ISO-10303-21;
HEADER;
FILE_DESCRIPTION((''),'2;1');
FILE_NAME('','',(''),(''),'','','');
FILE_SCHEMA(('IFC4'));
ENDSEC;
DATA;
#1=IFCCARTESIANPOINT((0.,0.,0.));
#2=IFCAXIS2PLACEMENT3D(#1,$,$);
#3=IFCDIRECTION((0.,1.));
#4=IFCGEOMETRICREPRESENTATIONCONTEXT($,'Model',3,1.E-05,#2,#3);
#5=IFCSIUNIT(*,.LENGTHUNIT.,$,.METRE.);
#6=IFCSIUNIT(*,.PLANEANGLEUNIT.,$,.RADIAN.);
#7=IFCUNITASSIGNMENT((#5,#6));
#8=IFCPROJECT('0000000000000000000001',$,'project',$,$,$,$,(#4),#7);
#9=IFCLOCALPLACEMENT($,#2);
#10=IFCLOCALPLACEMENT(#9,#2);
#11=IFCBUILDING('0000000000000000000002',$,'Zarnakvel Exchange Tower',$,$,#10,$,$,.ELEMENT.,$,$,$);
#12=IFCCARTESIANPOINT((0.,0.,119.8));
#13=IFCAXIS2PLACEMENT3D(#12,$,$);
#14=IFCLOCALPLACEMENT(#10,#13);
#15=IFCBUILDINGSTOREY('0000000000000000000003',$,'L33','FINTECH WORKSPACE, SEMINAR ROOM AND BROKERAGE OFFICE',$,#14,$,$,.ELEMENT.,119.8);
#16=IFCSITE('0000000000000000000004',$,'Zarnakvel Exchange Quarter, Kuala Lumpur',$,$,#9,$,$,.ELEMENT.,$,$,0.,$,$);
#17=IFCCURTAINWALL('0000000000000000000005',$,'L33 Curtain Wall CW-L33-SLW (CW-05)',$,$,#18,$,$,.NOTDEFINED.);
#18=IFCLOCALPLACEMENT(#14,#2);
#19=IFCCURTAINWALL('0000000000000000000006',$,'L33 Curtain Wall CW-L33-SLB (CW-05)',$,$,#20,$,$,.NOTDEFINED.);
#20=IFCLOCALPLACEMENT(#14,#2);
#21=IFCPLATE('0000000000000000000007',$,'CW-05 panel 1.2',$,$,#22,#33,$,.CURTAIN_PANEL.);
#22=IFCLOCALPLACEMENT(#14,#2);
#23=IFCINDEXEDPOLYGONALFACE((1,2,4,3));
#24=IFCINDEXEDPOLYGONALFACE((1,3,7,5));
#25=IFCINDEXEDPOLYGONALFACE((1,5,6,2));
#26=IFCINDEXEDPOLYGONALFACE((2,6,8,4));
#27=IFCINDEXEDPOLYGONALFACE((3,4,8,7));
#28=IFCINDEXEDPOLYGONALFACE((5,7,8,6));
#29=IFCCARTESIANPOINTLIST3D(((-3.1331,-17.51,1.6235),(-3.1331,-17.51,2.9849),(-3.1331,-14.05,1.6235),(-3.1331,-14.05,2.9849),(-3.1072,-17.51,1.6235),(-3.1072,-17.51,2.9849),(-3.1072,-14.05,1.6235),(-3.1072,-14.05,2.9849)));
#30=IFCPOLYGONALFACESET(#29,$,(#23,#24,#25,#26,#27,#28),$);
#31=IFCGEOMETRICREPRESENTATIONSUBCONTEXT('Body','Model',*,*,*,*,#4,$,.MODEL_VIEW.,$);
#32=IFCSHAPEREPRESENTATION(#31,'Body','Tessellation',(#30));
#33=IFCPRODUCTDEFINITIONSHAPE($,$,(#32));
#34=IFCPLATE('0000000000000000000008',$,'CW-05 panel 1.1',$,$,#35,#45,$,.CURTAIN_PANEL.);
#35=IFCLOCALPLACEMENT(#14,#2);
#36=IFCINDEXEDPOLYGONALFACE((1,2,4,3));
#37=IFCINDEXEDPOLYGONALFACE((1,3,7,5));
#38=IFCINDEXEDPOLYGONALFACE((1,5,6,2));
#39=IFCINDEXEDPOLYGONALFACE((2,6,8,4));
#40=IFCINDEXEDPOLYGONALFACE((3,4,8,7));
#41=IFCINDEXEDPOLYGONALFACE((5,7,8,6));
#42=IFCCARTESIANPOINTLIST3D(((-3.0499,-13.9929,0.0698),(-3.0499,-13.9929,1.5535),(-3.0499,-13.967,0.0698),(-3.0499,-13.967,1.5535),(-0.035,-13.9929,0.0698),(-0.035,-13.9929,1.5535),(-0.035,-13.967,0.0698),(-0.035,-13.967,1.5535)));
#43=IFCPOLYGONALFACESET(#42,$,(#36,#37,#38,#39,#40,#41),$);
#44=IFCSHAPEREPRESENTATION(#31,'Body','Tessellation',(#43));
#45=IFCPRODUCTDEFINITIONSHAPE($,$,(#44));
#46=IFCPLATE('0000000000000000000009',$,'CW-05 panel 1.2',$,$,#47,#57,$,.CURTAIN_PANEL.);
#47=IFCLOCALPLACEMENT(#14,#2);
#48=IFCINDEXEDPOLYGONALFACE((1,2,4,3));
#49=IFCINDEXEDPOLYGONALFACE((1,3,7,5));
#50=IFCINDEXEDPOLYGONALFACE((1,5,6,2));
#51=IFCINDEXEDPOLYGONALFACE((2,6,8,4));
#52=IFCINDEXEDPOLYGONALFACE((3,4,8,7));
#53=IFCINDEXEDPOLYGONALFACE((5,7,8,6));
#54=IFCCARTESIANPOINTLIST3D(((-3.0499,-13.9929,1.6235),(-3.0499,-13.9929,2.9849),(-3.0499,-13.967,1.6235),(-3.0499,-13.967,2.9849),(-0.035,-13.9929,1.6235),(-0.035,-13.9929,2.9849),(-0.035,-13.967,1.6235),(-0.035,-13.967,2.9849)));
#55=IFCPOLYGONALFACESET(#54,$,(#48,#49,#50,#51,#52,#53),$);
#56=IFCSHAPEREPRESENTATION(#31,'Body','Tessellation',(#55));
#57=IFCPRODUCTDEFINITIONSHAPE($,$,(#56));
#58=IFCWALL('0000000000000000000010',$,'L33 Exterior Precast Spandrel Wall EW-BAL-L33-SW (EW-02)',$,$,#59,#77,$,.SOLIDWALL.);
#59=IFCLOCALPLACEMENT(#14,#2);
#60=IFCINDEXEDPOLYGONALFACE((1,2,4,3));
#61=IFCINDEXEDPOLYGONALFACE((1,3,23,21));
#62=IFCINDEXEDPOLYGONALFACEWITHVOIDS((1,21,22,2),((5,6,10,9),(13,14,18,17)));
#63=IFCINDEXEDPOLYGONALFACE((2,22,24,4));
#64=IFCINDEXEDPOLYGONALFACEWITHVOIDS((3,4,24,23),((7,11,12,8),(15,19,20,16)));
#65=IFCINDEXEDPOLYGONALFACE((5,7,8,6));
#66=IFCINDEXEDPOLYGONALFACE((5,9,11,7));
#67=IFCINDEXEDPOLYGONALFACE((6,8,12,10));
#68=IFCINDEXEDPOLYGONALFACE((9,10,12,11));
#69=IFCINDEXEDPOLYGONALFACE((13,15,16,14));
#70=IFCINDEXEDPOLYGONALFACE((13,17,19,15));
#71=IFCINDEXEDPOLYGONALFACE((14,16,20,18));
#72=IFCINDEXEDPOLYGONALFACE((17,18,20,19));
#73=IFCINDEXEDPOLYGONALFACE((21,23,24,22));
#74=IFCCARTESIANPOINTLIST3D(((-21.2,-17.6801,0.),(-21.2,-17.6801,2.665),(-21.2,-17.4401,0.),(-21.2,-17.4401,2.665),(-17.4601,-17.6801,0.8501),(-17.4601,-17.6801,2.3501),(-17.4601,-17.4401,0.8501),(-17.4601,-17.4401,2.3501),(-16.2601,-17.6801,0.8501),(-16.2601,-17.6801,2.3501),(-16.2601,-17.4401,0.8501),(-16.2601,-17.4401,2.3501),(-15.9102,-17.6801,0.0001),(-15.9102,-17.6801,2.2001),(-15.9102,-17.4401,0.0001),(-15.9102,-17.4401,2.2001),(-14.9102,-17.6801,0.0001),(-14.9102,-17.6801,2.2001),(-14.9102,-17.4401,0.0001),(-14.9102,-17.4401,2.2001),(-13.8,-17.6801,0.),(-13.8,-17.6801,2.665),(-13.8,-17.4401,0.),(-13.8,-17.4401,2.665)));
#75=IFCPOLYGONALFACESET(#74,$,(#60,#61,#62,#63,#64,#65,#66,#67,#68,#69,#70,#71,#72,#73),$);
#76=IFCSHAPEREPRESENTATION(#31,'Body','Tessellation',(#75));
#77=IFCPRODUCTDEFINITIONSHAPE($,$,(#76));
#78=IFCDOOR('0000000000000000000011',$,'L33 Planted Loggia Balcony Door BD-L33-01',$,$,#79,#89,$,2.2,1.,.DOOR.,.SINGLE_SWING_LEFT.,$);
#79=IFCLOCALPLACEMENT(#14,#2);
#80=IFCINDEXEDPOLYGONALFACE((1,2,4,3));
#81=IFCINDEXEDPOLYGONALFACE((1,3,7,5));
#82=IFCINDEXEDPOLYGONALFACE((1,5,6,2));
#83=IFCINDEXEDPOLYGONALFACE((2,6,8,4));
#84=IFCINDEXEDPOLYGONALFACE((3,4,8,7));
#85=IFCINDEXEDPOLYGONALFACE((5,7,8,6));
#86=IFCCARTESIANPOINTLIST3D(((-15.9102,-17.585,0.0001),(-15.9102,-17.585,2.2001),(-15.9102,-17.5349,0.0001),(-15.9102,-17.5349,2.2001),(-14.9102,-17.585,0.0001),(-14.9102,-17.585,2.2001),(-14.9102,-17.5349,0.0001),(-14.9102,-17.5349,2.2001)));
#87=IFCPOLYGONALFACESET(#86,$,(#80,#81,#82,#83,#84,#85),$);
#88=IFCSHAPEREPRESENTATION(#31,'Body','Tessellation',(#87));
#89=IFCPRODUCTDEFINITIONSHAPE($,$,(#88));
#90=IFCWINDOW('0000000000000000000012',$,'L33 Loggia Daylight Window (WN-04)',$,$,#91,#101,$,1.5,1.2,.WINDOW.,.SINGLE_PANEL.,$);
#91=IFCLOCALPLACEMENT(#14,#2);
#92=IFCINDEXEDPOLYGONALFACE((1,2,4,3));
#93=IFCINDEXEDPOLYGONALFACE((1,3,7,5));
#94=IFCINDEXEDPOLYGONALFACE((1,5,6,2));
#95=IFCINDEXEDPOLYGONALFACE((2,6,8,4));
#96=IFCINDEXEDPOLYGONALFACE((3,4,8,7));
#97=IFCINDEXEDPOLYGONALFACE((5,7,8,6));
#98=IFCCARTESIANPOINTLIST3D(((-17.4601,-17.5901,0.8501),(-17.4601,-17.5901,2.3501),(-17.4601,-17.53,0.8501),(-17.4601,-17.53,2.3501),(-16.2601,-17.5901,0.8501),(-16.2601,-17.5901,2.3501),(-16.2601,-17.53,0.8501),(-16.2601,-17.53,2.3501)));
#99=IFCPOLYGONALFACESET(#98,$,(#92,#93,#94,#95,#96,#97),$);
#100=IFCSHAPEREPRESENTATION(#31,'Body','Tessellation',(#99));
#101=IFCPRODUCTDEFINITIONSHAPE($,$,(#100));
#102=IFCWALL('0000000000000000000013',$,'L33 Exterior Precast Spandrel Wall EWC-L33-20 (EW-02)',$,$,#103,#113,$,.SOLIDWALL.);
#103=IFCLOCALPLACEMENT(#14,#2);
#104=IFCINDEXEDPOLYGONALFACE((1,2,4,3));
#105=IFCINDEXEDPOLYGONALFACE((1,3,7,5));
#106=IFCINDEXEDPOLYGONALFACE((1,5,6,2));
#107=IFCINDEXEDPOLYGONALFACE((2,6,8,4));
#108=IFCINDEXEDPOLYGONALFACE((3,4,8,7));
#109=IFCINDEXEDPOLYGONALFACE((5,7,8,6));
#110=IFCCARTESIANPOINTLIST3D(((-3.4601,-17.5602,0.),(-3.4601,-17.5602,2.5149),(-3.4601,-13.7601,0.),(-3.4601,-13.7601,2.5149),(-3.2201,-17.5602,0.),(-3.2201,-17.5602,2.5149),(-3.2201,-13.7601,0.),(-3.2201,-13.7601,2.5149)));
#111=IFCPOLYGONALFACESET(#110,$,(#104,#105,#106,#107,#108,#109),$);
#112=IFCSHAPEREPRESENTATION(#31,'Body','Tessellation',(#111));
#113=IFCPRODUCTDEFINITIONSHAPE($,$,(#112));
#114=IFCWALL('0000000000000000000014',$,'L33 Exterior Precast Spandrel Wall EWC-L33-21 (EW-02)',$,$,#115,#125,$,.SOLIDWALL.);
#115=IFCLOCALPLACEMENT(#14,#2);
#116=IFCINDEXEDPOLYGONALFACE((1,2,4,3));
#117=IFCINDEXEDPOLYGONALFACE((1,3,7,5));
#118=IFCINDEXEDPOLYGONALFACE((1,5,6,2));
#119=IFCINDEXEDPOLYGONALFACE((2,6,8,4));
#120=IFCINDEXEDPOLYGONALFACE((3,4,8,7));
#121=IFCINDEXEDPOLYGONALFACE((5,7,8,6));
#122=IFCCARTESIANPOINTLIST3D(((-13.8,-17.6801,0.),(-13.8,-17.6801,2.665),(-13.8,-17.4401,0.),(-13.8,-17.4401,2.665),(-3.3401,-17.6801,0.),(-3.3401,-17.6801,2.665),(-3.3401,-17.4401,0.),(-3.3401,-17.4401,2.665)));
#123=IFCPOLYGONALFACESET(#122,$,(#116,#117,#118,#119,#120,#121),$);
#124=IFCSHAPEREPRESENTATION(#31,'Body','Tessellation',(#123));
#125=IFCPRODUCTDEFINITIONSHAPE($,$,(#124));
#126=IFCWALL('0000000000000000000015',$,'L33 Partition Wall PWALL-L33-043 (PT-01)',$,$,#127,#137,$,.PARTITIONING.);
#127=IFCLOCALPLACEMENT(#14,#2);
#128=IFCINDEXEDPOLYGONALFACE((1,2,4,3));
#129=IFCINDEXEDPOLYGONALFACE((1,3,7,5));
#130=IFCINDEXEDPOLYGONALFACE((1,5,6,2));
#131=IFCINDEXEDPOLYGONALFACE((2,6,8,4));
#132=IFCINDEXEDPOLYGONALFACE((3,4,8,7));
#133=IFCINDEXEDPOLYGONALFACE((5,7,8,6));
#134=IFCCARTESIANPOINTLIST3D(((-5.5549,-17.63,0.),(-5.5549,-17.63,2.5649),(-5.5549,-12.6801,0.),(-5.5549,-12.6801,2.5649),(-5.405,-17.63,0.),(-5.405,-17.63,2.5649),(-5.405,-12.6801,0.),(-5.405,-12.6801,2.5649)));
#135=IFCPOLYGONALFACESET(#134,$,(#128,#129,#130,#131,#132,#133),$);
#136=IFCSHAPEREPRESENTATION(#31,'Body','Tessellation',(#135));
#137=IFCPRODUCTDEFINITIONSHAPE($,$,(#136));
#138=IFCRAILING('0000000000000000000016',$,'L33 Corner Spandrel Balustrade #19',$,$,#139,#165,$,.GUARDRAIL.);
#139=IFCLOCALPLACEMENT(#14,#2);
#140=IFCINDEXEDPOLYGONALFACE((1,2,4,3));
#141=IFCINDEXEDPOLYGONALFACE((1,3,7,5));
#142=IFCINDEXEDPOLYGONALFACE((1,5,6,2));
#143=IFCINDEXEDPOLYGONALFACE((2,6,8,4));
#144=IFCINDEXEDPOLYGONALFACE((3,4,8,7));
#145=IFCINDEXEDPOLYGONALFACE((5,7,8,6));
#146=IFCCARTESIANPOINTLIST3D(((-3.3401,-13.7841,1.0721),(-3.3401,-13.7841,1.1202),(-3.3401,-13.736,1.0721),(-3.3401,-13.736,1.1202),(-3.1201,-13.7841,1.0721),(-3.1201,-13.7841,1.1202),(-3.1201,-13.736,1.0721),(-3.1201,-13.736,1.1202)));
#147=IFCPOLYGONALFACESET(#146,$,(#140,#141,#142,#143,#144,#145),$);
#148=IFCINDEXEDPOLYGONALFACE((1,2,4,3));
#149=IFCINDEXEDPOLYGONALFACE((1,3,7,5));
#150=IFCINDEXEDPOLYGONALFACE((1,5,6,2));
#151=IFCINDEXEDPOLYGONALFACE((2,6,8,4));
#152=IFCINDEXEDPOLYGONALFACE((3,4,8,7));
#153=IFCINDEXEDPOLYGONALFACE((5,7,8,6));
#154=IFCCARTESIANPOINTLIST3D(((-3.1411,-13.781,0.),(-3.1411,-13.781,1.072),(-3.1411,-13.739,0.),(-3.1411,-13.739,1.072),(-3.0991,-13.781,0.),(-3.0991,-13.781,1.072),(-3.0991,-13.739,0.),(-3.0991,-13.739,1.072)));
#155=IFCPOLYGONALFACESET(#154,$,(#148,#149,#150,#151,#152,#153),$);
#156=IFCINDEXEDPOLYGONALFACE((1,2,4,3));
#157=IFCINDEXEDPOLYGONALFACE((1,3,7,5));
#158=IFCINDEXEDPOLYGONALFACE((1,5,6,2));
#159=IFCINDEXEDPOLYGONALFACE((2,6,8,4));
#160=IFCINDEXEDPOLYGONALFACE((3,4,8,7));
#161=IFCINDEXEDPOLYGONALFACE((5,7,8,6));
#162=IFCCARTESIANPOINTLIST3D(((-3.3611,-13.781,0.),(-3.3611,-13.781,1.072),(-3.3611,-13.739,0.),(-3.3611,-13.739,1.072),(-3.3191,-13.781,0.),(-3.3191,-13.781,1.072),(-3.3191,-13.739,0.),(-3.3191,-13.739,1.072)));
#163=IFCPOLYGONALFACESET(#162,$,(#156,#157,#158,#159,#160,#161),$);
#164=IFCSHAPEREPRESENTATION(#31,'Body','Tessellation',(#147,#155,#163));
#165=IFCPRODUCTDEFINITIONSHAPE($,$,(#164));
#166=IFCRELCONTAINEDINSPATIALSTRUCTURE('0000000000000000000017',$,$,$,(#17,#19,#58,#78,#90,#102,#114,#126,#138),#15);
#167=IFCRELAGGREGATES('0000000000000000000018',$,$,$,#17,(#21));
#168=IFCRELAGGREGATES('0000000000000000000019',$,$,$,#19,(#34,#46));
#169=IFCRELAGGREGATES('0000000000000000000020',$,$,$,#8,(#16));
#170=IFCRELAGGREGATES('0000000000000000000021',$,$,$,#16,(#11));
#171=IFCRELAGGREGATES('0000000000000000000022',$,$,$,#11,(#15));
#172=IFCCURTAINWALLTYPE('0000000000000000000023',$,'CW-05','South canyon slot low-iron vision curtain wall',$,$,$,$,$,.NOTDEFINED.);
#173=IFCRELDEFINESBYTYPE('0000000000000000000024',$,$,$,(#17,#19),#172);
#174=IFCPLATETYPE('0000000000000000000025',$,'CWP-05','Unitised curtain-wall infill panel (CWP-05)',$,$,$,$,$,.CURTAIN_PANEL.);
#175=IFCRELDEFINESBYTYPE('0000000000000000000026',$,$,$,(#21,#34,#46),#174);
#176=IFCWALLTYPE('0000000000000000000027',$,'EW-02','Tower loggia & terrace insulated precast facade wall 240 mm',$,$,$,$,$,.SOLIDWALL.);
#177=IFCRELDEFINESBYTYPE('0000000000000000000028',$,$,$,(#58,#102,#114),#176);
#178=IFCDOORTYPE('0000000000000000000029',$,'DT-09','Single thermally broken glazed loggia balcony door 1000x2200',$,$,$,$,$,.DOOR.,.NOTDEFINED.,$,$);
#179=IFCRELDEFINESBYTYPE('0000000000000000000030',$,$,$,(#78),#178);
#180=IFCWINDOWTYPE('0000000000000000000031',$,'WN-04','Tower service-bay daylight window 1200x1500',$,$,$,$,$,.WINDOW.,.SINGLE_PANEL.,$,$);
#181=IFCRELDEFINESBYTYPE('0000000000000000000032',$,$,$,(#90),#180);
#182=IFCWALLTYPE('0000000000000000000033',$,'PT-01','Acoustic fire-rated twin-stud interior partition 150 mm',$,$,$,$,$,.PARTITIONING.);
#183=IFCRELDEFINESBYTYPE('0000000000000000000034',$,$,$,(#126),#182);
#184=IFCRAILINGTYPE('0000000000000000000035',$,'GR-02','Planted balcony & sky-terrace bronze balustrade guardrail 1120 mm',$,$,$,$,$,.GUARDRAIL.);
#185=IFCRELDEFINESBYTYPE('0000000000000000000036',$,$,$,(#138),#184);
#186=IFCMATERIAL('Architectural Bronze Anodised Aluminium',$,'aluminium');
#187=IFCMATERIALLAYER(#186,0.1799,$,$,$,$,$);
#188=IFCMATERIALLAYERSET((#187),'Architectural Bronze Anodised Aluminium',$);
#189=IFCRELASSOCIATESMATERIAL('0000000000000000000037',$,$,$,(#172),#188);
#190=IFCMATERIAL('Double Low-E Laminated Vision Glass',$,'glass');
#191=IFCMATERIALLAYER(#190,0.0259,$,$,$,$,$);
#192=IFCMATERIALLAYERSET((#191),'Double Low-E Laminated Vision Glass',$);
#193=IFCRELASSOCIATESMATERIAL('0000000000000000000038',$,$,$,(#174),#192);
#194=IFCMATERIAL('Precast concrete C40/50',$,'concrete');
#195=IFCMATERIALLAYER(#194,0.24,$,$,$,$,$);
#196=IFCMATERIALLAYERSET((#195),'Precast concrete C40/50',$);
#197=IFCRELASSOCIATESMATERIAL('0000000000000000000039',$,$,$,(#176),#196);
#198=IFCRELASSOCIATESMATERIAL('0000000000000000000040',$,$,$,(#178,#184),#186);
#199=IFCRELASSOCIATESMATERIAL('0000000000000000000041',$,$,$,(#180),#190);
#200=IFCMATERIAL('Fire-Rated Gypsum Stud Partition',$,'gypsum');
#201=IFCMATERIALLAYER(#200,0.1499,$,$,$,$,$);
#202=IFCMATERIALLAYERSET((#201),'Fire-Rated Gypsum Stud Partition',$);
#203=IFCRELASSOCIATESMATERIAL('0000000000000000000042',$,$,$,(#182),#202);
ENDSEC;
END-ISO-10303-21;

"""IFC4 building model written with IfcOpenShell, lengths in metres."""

from ifc_helpers import new_model, si_unit, direction, frame, frame_2d, origin, origin_2d, place, context, subcontext, project, spatial, rectangle, extrude, source, transform, mapped, material, layer, layer_set, type_object, element, fill, aggregate, save


model = new_model("IFC4")

# Units and contexts
model_context = context("Model", 3, precision=1e-05, world=origin(), true_north=direction((0.0, 1.0)))
body_context = subcontext(model_context, "Body", "Model", "MODEL_VIEW")
ifc_project = project(units=[si_unit("LENGTHUNIT", "METRE"), si_unit("PLANEANGLEUNIT", "RADIAN")], contexts=[model_context])

# Site, building, storey
site_placement = place(None, origin())
site = spatial("IfcSite", under=ifc_project, at=site_placement, Name="Zarnakvel Exchange Quarter, Kuala Lumpur", CompositionType="ELEMENT", RefElevation=0.0)
building_placement = place(site_placement, origin())
building = spatial("IfcBuilding", under=site, at=building_placement, Name="Zarnakvel Exchange Tower", CompositionType="ELEMENT")
storey_placement = place(building_placement, frame((0.0, 0.0, 119.8)))
storey = spatial("IfcBuildingStorey", under=building, at=storey_placement, Name="L33", Description="FINTECH WORKSPACE, SEMINAR ROOM AND BROKERAGE OFFICE", CompositionType="ELEMENT", Elevation=119.8)

# Curtain walls
ifc_material_1 = material(Name="Architectural Bronze Anodised Aluminium", Category="aluminium")
ifc_layer_1 = layer(ifc_material_1, 0.1799)
ifc_layer_set_1 = layer_set([ifc_layer_1], Name="Architectural Bronze Anodised Aluminium")
curtain_wall_type = type_object("IfcCurtainWallType", Name="CW-05", Description="South canyon slot low-iron vision curtain wall", PredefinedType="NOTDEFINED", material=ifc_layer_set_1)
curtain_wall_1_placement = place(storey_placement, origin())
curtain_wall_1 = element("IfcCurtainWall", 1, at=curtain_wall_1_placement, inside=storey, type_object=curtain_wall_type, Name="L33 Curtain Wall CW-L33-SLW (CW-05)", PredefinedType="NOTDEFINED")
curtain_wall_2_placement = place(storey_placement, origin())
curtain_wall_2 = element("IfcCurtainWall", 2, at=curtain_wall_2_placement, inside=storey, type_object=curtain_wall_type, Name="L33 Curtain Wall CW-L33-SLB (CW-05)", PredefinedType="NOTDEFINED")

# Plates
ifc_material_2 = material(Name="Double Low-E Laminated Vision Glass", Category="glass")
ifc_layer_2 = layer(ifc_material_2, 0.0259)
ifc_layer_set_2 = layer_set([ifc_layer_2], Name="Double Low-E Laminated Vision Glass")
plate_type = type_object("IfcPlateType", Name="CWP-05", Description="Unitised curtain-wall infill panel (CWP-05)", PredefinedType="CURTAIN_PANEL", material=ifc_layer_set_2)
shared_shape_1 = source(origin(), body_context, "Body", "SweptSolid", [
    extrude(rectangle(XDim=3.46, YDim=0.0259, at=origin_2d()), origin(), (0.0, 0.0, 1.0), 1.3613),
])
plate_1_placement = place(storey_placement, frame((-3.1201, -15.78, 1.6235), z_axis=(0.0, 0.0, 1.0), x_axis=(0.0, 1.0, 0.0)))
plate_1 = element("IfcPlate", 3, at=plate_1_placement, type_object=plate_type, Name="CW-05 panel 1.2", PredefinedType="CURTAIN_PANEL", context=body_context, shape_type="MappedRepresentation", body=[
    mapped(shared_shape_1, transform((0.0, 0.0, 0.0), x_axis=(1.0, 0.0, 0.0), y_axis=(0.0, 1.0, 0.0), z_axis=(0.0, 0.0, 1.0), scale=1.0)),
])
aggregate(curtain_wall_1, [plate_1])
shared_shape_2 = source(origin(), body_context, "Body", "SweptSolid", [
    extrude(rectangle(XDim=3.0149, YDim=0.0259, at=origin_2d()), origin(), (0.0, 0.0, 1.0), 1.4836),
])
plate_2_placement = place(storey_placement, frame((-1.5425, -13.98, 0.0698), z_axis=(0.0, 0.0, 1.0), x_axis=(1.0, 0.0, 0.0)))
plate_2 = element("IfcPlate", 4, at=plate_2_placement, type_object=plate_type, Name="CW-05 panel 1.1", PredefinedType="CURTAIN_PANEL", context=body_context, shape_type="MappedRepresentation", body=[
    mapped(shared_shape_2, transform((0.0, 0.0, 0.0), x_axis=(1.0, 0.0, 0.0), y_axis=(0.0, 1.0, 0.0), z_axis=(0.0, 0.0, 1.0), scale=1.0)),
])
shared_shape_3 = source(origin(), body_context, "Body", "SweptSolid", [
    extrude(rectangle(XDim=3.0149, YDim=0.0259, at=origin_2d()), origin(), (0.0, 0.0, 1.0), 1.3613),
])
plate_3_placement = place(storey_placement, frame((-1.5425, -13.98, 1.6235), z_axis=(0.0, 0.0, 1.0), x_axis=(1.0, 0.0, 0.0)))
plate_3 = element("IfcPlate", 5, at=plate_3_placement, type_object=plate_type, Name="CW-05 panel 1.2", PredefinedType="CURTAIN_PANEL", context=body_context, shape_type="MappedRepresentation", body=[
    mapped(shared_shape_3, transform((0.0, 0.0, 0.0), x_axis=(1.0, 0.0, 0.0), y_axis=(0.0, 1.0, 0.0), z_axis=(0.0, 0.0, 1.0), scale=1.0)),
])
aggregate(curtain_wall_2, [plate_2, plate_3])

# Wall, openings, door, window
ifc_material_3 = material(Name="Precast concrete C40/50", Category="concrete")
ifc_layer_3 = layer(ifc_material_3, 0.24)
ifc_layer_set_3 = layer_set([ifc_layer_3], Name="Precast concrete C40/50")
wall_type_1 = type_object("IfcWallType", Name="EW-02", Description="Tower loggia & terrace insulated precast facade wall 240 mm", PredefinedType="SOLIDWALL", material=ifc_layer_set_3)
wall_1_placement = place(storey_placement, frame((-13.8, -17.5601, 0.0), z_axis=(0.0, 0.0, 1.0), x_axis=(-1.0, 0.0, 0.0)))
wall_1 = element("IfcWall", 6, at=wall_1_placement, inside=storey, type_object=wall_type_1, Name="L33 Exterior Precast Spandrel Wall EW-BAL-L33-SW (EW-02)", PredefinedType="SOLIDWALL", context=body_context, shape_type="SweptSolid", body=[
    extrude(rectangle(XDim=7.3999, YDim=0.24, at=frame_2d((3.7, 0.0))), origin(), (0.0, 0.0, 1.0), 2.665),
])
opening_1_placement = place(wall_1_placement, frame((1.1101, 0.0, 0.0)))
opening_1 = element("IfcOpeningElement", 7, at=opening_1_placement, cuts=wall_1, PredefinedType="OPENING", context=body_context, shape_type="SweptSolid", body=[
    extrude(rectangle(XDim=1.0, YDim=2.2, at=frame_2d((0.5, 1.1001))), frame((0.0, 0.1299, 0.0), z_axis=(0.0, -1.0, 0.0), x_axis=(1.0, 0.0, 0.0)), (0.0, 0.0, 1.0), 0.26),
])
opening_2_placement = place(wall_1_placement, frame((2.46, 0.0, 0.8501)))
opening_2 = element("IfcOpeningElement", 8, at=opening_2_placement, cuts=wall_1, PredefinedType="OPENING", context=body_context, shape_type="SweptSolid", body=[
    extrude(rectangle(XDim=1.2, YDim=1.5, at=frame_2d((0.6001, 0.75))), frame((0.0, 0.1299, 0.0), z_axis=(0.0, -1.0, 0.0), x_axis=(1.0, 0.0, 0.0)), (0.0, 0.0, 1.0), 0.26),
])
door_type = type_object("IfcDoorType", Name="DT-09", Description="Single thermally broken glazed loggia balcony door 1000x2200", OperationType="NOTDEFINED", PredefinedType="DOOR", material=ifc_material_1)
shared_shape_4 = source(origin(), body_context, "Body", "SweptSolid", [
    extrude(rectangle(XDim=1.0, YDim=2.2, at=frame_2d((0.5, 1.1001))), frame((0.0, 0.0249, 0.0), z_axis=(0.0, -1.0, 0.0), x_axis=(1.0, 0.0, 0.0)), (0.0, 0.0, 1.0), 0.05),
])
door_placement = place(opening_1_placement, origin())
door = element("IfcDoor", 9, at=door_placement, inside=storey, type_object=door_type, Name="L33 Planted Loggia Balcony Door BD-L33-01", OperationType="SINGLE_SWING_LEFT", OverallHeight=2.2, OverallWidth=1.0, PredefinedType="DOOR", context=body_context, shape_type="MappedRepresentation", body=[
    mapped(shared_shape_4, transform((0.0, 0.0, 0.0), x_axis=(1.0, 0.0, 0.0), y_axis=(0.0, 1.0, 0.0), z_axis=(0.0, 0.0, 1.0), scale=1.0)),
])
fill(opening_1, door)
window_type = type_object("IfcWindowType", Name="WN-04", Description="Tower service-bay daylight window 1200x1500", PartitioningType="SINGLE_PANEL", PredefinedType="WINDOW", material=ifc_material_2)
shared_shape_5 = source(origin(), body_context, "Body", "SweptSolid", [
    extrude(rectangle(XDim=1.2, YDim=1.5, at=frame_2d((0.6001, 0.75))), frame((0.0, 0.03, 0.0), z_axis=(0.0, -1.0, 0.0), x_axis=(1.0, 0.0, 0.0)), (0.0, 0.0, 1.0), 0.0601),
])
window_placement = place(opening_2_placement, origin())
window = element("IfcWindow", 10, at=window_placement, inside=storey, type_object=window_type, Name="L33 Loggia Daylight Window (WN-04)", OverallHeight=1.5, OverallWidth=1.2, PartitioningType="SINGLE_PANEL", PredefinedType="WINDOW", context=body_context, shape_type="MappedRepresentation", body=[
    mapped(shared_shape_5, transform((0.0, 0.0, 0.0), x_axis=(1.0, 0.0, 0.0), y_axis=(0.0, 1.0, 0.0), z_axis=(0.0, 0.0, 1.0), scale=1.0)),
])
fill(opening_2, window)

# Walls
wall_2_placement = place(storey_placement, frame((-3.3401, -17.5601, 0.0), z_axis=(0.0, 0.0, 1.0), x_axis=(0.0, 1.0, 0.0)))
element("IfcWall", 11, at=wall_2_placement, inside=storey, type_object=wall_type_1, Name="L33 Exterior Precast Spandrel Wall EWC-L33-20 (EW-02)", PredefinedType="SOLIDWALL", context=body_context, shape_type="SweptSolid", body=[
    extrude(rectangle(XDim=3.8, YDim=0.24, at=frame_2d((1.8999, 0.0))), origin(), (0.0, 0.0, 1.0), 2.5149),
])
wall_3_placement = place(storey_placement, frame((-13.8, -17.5601, 0.0), z_axis=(0.0, 0.0, 1.0), x_axis=(1.0, 0.0, 0.0)))
element("IfcWall", 12, at=wall_3_placement, inside=storey, type_object=wall_type_1, Name="L33 Exterior Precast Spandrel Wall EWC-L33-21 (EW-02)", PredefinedType="SOLIDWALL", context=body_context, shape_type="SweptSolid", body=[
    extrude(rectangle(XDim=10.46, YDim=0.24, at=frame_2d((5.23, 0.0))), origin(), (0.0, 0.0, 1.0), 2.665),
])
ifc_material_4 = material(Name="Fire-Rated Gypsum Stud Partition", Category="gypsum")
ifc_layer_4 = layer(ifc_material_4, 0.1499)
ifc_layer_set_4 = layer_set([ifc_layer_4], Name="Fire-Rated Gypsum Stud Partition")
wall_type_2 = type_object("IfcWallType", Name="PT-01", Description="Acoustic fire-rated twin-stud interior partition 150 mm", PredefinedType="PARTITIONING", material=ifc_layer_set_4)
wall_4_placement = place(storey_placement, frame((-5.48, -12.6799, 0.0), z_axis=(0.0, 0.0, 1.0), x_axis=(0.0, -1.0, 0.0)))
element("IfcWall", 13, at=wall_4_placement, inside=storey, type_object=wall_type_2, Name="L33 Partition Wall PWALL-L33-043 (PT-01)", PredefinedType="PARTITIONING", context=body_context, shape_type="SweptSolid", body=[
    extrude(rectangle(XDim=4.95, YDim=0.1499, at=frame_2d((2.4751, 0.0))), origin(), (0.0, 0.0, 1.0), 2.5649),
])

# Railing
railing_type = type_object("IfcRailingType", Name="GR-02", Description="Planted balcony & sky-terrace bronze balustrade guardrail 1120 mm", PredefinedType="GUARDRAIL", material=ifc_material_1)
railing_placement = place(storey_placement, frame((-3.1201, -13.76, 0.0)))
element("IfcRailing", 14, at=railing_placement, inside=storey, type_object=railing_type, Name="L33 Corner Spandrel Balustrade #19", PredefinedType="GUARDRAIL", context=body_context, shape_type="SweptSolid", body=[
    extrude(rectangle(XDim=0.0481, YDim=0.0481, at=origin_2d()), frame((0.0, 0.0, 1.0962), z_axis=(-1.0, 0.0, 0.0), x_axis=(0.0, -1.0, 0.0)), (0.0, 0.0, 1.0), 0.22),
    extrude(rectangle(XDim=0.042, YDim=0.042, at=origin_2d()), origin(), (0.0, 0.0, 1.0), 1.072),
    extrude(rectangle(XDim=0.042, YDim=0.042, at=origin_2d()), frame((-0.22, 0.0, 0.0)), (0.0, 0.0, 1.0), 1.072),
])

save(model, "model.ifc")
